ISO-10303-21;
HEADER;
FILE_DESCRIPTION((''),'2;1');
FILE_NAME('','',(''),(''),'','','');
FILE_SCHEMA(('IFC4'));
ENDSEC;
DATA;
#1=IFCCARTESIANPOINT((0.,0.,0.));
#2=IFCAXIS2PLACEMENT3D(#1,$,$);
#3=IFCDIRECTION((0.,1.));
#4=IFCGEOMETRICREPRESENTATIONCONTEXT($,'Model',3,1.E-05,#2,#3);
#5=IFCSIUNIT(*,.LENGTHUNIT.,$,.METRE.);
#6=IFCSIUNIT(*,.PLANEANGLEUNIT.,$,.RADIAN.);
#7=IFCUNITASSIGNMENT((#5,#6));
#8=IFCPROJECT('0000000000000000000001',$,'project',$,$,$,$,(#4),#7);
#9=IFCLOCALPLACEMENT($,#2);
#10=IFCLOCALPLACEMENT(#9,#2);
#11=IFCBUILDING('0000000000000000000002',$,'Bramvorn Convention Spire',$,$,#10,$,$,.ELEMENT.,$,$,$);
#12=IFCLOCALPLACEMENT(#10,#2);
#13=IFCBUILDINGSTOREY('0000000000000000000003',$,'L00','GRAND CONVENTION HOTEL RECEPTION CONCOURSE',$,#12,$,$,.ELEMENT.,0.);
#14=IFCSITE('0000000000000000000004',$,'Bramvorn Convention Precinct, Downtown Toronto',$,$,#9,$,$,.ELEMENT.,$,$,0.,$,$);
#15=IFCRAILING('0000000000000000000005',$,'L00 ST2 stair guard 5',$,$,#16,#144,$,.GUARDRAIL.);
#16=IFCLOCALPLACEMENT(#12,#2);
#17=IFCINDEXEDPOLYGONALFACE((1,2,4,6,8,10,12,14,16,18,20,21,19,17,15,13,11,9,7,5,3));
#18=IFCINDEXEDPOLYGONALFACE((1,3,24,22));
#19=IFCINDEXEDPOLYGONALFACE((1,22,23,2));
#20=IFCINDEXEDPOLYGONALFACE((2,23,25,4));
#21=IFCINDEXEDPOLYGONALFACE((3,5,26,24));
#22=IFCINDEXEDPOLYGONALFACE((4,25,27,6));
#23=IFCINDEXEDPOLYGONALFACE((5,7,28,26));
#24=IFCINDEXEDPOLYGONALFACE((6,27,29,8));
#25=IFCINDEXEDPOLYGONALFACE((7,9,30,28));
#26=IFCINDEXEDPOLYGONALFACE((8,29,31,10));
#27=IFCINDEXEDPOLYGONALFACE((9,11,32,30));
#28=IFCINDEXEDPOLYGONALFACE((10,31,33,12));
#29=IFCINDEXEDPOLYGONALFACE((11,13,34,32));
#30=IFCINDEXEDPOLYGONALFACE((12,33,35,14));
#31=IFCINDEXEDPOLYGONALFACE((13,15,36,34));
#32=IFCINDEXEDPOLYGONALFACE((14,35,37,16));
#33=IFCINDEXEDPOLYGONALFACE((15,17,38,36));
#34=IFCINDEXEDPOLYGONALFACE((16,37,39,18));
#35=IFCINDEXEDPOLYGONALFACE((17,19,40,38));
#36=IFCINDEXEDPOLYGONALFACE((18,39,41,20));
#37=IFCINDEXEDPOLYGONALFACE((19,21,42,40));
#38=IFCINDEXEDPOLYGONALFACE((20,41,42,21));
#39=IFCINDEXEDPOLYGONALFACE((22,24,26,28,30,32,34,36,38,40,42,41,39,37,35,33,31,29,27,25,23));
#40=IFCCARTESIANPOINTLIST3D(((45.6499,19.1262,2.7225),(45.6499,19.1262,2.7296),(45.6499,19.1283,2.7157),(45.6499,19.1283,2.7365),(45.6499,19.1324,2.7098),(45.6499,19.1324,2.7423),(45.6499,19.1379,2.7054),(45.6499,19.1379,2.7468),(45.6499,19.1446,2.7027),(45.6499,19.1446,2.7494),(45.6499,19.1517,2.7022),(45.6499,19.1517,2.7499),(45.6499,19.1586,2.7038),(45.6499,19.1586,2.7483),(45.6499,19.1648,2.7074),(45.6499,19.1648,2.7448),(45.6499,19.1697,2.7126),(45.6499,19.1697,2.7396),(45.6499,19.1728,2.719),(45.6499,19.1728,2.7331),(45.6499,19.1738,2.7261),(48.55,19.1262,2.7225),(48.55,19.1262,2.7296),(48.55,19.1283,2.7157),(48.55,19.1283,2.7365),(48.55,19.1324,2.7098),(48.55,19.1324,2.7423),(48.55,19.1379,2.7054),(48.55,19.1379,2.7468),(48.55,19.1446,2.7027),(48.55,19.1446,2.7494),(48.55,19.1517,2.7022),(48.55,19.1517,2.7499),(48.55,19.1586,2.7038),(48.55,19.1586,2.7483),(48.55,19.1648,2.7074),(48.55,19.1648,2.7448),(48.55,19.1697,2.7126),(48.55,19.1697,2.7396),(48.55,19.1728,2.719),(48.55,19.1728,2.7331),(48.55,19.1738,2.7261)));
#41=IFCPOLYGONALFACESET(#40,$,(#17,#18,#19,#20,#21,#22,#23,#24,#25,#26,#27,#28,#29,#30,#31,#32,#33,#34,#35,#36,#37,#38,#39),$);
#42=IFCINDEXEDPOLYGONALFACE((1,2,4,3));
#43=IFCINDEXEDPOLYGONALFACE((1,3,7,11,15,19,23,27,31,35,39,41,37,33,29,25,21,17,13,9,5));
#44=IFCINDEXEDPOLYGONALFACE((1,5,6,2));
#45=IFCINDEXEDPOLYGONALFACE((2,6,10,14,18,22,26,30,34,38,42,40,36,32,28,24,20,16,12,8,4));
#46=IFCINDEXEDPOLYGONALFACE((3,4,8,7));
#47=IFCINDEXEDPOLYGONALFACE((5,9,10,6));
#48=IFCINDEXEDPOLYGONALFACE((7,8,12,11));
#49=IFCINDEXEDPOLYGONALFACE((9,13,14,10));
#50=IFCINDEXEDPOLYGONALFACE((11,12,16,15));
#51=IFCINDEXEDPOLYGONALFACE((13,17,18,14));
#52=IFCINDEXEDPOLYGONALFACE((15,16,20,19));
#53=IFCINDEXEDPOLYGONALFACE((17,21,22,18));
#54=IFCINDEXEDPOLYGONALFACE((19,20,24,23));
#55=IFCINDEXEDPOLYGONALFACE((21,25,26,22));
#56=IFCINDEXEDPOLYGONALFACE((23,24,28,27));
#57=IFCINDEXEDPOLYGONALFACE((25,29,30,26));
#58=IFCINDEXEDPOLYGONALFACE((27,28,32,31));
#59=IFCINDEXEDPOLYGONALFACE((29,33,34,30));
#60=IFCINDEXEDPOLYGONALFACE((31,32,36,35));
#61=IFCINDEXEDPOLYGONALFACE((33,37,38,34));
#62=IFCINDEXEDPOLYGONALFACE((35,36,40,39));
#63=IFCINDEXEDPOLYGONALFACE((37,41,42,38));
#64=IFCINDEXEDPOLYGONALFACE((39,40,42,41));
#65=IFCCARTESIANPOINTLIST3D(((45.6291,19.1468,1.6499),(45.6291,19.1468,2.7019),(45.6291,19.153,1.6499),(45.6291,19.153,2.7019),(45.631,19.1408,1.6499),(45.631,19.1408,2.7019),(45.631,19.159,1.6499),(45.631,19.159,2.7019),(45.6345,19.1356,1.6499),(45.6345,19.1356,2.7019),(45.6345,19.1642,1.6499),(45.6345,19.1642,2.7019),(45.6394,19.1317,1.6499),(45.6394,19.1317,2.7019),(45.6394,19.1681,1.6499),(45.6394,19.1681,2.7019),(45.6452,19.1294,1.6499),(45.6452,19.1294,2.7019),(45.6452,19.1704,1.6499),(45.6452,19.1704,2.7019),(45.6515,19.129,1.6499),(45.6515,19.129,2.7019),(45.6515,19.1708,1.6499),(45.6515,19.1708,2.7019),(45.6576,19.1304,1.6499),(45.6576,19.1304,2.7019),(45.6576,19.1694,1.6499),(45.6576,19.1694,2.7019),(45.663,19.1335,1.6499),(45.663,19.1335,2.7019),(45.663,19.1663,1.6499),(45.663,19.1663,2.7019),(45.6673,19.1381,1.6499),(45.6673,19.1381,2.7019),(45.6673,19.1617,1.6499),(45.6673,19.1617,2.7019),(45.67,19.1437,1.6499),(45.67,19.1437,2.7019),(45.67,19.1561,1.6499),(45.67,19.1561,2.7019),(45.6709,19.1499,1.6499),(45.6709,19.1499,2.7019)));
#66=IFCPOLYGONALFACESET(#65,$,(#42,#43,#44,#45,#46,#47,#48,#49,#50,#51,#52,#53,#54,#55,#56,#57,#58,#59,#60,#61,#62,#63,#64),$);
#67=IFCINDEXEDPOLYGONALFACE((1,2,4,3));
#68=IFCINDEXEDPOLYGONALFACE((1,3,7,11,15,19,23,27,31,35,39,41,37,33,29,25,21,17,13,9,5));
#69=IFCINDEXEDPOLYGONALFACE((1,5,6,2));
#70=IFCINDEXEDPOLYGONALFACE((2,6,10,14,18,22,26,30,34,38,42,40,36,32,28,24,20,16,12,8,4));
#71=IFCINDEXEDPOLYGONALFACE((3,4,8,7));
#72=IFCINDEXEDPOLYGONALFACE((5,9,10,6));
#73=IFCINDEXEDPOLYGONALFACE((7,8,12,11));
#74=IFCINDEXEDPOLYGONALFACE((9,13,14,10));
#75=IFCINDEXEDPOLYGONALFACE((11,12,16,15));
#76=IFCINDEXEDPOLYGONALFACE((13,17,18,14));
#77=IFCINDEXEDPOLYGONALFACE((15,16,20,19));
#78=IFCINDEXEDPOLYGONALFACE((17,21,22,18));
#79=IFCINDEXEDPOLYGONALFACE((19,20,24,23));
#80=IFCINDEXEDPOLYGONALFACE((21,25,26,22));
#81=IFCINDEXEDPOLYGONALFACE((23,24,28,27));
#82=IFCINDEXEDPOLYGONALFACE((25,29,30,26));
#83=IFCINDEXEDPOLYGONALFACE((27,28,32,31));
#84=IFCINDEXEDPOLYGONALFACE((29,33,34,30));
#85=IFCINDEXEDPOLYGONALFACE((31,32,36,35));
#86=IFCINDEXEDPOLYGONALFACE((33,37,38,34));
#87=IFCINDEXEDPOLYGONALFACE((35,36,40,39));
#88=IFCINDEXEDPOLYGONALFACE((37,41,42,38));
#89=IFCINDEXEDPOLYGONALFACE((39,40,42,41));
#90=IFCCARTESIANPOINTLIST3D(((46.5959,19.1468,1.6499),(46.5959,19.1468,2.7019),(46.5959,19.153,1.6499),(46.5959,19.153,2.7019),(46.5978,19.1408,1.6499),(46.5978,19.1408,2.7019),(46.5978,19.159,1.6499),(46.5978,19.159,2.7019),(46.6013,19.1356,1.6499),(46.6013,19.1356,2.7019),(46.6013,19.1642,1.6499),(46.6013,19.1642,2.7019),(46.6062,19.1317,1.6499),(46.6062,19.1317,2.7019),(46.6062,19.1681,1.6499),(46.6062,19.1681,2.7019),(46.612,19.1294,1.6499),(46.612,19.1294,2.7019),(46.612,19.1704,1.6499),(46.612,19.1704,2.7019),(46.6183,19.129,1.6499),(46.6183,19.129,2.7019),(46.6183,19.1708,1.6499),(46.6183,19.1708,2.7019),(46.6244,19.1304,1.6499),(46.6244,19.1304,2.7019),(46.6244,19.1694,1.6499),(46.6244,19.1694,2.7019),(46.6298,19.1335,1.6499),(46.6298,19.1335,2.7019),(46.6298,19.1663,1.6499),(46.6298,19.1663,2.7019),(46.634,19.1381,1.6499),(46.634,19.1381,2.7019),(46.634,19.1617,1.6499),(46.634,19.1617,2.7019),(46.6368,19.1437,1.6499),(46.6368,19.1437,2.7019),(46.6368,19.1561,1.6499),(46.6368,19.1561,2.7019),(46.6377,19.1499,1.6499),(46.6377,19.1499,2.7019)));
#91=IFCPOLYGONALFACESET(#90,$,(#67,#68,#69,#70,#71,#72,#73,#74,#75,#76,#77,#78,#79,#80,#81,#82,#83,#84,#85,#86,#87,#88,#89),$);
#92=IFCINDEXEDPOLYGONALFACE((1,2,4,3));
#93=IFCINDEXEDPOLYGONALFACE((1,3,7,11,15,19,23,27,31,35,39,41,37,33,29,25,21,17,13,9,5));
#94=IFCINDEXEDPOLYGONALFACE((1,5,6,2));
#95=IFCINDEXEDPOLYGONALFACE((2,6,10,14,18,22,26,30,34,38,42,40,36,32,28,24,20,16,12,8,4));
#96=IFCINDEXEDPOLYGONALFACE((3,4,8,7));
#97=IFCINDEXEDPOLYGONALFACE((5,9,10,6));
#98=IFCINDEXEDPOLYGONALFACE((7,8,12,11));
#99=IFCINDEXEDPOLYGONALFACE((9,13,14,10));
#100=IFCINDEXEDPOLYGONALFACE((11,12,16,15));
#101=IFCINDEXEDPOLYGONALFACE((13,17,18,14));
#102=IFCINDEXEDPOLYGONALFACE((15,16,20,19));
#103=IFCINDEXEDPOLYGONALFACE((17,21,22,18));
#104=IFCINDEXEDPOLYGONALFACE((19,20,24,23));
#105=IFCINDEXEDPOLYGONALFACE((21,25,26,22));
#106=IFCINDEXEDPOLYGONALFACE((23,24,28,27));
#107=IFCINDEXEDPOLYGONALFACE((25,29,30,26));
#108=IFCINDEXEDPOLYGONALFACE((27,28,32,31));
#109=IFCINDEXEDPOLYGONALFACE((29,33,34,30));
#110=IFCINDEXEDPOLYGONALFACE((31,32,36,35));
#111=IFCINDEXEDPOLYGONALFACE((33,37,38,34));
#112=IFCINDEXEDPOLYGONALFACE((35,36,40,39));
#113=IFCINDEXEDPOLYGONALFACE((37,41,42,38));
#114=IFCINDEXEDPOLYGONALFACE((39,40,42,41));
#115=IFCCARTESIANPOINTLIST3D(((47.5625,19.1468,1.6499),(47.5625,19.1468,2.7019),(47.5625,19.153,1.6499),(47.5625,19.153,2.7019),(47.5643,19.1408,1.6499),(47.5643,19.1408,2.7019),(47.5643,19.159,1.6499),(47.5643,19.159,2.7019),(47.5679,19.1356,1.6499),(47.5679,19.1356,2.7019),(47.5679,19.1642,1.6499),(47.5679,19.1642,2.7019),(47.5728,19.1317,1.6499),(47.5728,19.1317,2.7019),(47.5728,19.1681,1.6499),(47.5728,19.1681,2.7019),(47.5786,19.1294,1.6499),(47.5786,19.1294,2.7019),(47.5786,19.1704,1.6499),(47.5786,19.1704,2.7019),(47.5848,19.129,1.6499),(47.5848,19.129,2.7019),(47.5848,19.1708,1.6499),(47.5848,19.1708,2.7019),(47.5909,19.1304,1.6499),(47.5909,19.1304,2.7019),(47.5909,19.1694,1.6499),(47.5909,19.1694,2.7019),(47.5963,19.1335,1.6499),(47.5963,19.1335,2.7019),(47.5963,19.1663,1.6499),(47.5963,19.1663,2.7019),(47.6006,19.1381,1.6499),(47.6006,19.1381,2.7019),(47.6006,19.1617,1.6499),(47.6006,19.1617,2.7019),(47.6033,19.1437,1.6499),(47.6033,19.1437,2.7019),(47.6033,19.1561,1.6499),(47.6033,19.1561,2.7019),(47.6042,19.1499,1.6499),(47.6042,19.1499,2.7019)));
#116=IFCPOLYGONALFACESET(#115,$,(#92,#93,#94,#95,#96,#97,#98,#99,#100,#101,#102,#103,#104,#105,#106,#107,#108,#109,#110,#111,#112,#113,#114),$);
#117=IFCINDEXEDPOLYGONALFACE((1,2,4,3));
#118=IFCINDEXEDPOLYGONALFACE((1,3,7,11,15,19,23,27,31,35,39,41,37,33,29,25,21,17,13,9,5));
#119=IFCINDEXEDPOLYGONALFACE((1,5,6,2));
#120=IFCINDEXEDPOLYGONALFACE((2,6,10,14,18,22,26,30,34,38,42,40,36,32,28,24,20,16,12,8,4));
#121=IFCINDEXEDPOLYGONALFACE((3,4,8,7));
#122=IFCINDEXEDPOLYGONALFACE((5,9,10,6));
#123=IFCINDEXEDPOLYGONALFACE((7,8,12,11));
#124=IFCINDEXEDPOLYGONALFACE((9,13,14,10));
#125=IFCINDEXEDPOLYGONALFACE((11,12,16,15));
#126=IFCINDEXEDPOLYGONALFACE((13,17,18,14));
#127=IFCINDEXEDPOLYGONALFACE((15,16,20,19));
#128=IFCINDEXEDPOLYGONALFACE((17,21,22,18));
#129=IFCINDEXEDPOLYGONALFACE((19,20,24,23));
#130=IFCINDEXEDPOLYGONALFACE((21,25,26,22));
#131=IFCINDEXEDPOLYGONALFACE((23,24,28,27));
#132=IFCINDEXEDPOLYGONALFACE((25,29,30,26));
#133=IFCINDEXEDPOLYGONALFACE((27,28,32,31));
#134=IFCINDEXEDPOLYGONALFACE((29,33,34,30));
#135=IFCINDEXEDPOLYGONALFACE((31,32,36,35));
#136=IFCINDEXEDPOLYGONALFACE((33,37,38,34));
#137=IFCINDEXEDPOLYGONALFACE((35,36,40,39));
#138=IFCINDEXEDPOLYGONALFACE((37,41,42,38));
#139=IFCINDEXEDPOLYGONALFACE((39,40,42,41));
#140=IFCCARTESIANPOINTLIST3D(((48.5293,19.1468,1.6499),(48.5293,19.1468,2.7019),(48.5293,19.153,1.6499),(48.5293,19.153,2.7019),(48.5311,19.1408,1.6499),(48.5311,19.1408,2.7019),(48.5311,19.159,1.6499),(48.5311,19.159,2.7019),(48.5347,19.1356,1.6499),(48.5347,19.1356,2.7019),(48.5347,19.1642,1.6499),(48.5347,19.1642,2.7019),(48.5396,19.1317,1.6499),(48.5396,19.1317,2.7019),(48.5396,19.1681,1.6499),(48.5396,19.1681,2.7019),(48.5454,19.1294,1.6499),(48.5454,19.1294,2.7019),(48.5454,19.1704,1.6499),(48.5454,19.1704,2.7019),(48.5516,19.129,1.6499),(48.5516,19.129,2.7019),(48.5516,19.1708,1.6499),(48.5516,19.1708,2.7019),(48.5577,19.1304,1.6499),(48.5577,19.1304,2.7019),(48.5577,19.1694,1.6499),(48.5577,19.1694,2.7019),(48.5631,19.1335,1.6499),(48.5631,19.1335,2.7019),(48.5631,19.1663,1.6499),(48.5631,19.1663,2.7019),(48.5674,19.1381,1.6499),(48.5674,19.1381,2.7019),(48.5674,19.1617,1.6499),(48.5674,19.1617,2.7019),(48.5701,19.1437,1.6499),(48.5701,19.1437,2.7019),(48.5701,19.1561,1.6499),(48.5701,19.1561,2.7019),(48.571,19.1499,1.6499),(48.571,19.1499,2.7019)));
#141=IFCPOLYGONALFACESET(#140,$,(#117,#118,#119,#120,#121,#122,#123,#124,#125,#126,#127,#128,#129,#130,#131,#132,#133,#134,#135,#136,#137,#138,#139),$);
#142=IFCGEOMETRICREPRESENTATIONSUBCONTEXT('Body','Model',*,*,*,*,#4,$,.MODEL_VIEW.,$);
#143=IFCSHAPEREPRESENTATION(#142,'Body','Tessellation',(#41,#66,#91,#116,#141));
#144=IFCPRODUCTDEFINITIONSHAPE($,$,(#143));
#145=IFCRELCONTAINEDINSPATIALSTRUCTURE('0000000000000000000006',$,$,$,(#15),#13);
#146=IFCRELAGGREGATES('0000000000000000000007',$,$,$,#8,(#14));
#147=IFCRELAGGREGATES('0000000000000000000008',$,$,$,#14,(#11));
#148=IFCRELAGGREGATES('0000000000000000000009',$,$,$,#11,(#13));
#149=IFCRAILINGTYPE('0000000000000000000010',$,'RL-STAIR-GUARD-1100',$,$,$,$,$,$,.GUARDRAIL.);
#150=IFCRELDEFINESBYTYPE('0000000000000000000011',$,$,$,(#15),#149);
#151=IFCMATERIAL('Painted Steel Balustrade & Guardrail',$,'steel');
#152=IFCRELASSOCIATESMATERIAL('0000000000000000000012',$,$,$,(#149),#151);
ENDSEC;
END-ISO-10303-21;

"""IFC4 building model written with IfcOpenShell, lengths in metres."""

from ifc_helpers import new_model, si_unit, direction, frame, origin, origin_2d, place, context, subcontext, project, spatial, circle, extrude, material, type_object, element, save


model = new_model("IFC4")

# Units and contexts
model_context = context("Model", 3, precision=1e-05, world=origin(), true_north=direction((0.0, 1.0)))
body_context = subcontext(model_context, "Body", "Model", "MODEL_VIEW")
ifc_project = project(units=[si_unit("LENGTHUNIT", "METRE"), si_unit("PLANEANGLEUNIT", "RADIAN")], contexts=[model_context])

# Site, building, storey
site_placement = place(None, origin())
site = spatial("IfcSite", under=ifc_project, at=site_placement, Name="Bramvorn Convention Precinct, Downtown Toronto", CompositionType="ELEMENT", RefElevation=0.0)
building_placement = place(site_placement, origin())
building = spatial("IfcBuilding", under=site, at=building_placement, Name="Bramvorn Convention Spire", CompositionType="ELEMENT")
storey_placement = place(building_placement, origin())
storey = spatial("IfcBuildingStorey", under=building, at=storey_placement, Name="L00", Description="GRAND CONVENTION HOTEL RECEPTION CONCOURSE", CompositionType="ELEMENT", Elevation=0.0)

# Railing
ifc_material_1 = material(Name="Painted Steel Balustrade & Guardrail", Category="steel")
railing_type_1 = type_object("IfcRailingType", Name="RL-STAIR-GUARD-1100", PredefinedType="GUARDRAIL", material=ifc_material_1)
railing_1_placement = place(storey_placement, frame((45.6499, 19.1499, 1.6499)))
element("IfcRailing", 1, at=railing_1_placement, inside=storey, type_object=railing_type_1, Name="L00 ST2 stair guard 5", PredefinedType="GUARDRAIL", context=body_context, shape_type="SweptSolid", body=[
    extrude(circle(Radius=0.0239, at=origin_2d()), frame((0.0, 0.0, 1.0762), z_axis=(1.0, 0.0, 0.0), x_axis=(0.0, 1.0, 0.0)), (0.0, 0.0, 1.0), 2.9001),
    extrude(circle(Radius=0.021, at=origin_2d()), origin(), (0.0, 0.0, 1.0), 1.052),
    extrude(circle(Radius=0.021, at=origin_2d()), frame((0.9668, 0.0, 0.0)), (0.0, 0.0, 1.0), 1.052),
    extrude(circle(Radius=0.021, at=origin_2d()), frame((1.9333, 0.0, 0.0)), (0.0, 0.0, 1.0), 1.052),
    extrude(circle(Radius=0.021, at=origin_2d()), frame((2.9001, 0.0, 0.0)), (0.0, 0.0, 1.0), 1.052),
])

save(model, "model.ifc")
